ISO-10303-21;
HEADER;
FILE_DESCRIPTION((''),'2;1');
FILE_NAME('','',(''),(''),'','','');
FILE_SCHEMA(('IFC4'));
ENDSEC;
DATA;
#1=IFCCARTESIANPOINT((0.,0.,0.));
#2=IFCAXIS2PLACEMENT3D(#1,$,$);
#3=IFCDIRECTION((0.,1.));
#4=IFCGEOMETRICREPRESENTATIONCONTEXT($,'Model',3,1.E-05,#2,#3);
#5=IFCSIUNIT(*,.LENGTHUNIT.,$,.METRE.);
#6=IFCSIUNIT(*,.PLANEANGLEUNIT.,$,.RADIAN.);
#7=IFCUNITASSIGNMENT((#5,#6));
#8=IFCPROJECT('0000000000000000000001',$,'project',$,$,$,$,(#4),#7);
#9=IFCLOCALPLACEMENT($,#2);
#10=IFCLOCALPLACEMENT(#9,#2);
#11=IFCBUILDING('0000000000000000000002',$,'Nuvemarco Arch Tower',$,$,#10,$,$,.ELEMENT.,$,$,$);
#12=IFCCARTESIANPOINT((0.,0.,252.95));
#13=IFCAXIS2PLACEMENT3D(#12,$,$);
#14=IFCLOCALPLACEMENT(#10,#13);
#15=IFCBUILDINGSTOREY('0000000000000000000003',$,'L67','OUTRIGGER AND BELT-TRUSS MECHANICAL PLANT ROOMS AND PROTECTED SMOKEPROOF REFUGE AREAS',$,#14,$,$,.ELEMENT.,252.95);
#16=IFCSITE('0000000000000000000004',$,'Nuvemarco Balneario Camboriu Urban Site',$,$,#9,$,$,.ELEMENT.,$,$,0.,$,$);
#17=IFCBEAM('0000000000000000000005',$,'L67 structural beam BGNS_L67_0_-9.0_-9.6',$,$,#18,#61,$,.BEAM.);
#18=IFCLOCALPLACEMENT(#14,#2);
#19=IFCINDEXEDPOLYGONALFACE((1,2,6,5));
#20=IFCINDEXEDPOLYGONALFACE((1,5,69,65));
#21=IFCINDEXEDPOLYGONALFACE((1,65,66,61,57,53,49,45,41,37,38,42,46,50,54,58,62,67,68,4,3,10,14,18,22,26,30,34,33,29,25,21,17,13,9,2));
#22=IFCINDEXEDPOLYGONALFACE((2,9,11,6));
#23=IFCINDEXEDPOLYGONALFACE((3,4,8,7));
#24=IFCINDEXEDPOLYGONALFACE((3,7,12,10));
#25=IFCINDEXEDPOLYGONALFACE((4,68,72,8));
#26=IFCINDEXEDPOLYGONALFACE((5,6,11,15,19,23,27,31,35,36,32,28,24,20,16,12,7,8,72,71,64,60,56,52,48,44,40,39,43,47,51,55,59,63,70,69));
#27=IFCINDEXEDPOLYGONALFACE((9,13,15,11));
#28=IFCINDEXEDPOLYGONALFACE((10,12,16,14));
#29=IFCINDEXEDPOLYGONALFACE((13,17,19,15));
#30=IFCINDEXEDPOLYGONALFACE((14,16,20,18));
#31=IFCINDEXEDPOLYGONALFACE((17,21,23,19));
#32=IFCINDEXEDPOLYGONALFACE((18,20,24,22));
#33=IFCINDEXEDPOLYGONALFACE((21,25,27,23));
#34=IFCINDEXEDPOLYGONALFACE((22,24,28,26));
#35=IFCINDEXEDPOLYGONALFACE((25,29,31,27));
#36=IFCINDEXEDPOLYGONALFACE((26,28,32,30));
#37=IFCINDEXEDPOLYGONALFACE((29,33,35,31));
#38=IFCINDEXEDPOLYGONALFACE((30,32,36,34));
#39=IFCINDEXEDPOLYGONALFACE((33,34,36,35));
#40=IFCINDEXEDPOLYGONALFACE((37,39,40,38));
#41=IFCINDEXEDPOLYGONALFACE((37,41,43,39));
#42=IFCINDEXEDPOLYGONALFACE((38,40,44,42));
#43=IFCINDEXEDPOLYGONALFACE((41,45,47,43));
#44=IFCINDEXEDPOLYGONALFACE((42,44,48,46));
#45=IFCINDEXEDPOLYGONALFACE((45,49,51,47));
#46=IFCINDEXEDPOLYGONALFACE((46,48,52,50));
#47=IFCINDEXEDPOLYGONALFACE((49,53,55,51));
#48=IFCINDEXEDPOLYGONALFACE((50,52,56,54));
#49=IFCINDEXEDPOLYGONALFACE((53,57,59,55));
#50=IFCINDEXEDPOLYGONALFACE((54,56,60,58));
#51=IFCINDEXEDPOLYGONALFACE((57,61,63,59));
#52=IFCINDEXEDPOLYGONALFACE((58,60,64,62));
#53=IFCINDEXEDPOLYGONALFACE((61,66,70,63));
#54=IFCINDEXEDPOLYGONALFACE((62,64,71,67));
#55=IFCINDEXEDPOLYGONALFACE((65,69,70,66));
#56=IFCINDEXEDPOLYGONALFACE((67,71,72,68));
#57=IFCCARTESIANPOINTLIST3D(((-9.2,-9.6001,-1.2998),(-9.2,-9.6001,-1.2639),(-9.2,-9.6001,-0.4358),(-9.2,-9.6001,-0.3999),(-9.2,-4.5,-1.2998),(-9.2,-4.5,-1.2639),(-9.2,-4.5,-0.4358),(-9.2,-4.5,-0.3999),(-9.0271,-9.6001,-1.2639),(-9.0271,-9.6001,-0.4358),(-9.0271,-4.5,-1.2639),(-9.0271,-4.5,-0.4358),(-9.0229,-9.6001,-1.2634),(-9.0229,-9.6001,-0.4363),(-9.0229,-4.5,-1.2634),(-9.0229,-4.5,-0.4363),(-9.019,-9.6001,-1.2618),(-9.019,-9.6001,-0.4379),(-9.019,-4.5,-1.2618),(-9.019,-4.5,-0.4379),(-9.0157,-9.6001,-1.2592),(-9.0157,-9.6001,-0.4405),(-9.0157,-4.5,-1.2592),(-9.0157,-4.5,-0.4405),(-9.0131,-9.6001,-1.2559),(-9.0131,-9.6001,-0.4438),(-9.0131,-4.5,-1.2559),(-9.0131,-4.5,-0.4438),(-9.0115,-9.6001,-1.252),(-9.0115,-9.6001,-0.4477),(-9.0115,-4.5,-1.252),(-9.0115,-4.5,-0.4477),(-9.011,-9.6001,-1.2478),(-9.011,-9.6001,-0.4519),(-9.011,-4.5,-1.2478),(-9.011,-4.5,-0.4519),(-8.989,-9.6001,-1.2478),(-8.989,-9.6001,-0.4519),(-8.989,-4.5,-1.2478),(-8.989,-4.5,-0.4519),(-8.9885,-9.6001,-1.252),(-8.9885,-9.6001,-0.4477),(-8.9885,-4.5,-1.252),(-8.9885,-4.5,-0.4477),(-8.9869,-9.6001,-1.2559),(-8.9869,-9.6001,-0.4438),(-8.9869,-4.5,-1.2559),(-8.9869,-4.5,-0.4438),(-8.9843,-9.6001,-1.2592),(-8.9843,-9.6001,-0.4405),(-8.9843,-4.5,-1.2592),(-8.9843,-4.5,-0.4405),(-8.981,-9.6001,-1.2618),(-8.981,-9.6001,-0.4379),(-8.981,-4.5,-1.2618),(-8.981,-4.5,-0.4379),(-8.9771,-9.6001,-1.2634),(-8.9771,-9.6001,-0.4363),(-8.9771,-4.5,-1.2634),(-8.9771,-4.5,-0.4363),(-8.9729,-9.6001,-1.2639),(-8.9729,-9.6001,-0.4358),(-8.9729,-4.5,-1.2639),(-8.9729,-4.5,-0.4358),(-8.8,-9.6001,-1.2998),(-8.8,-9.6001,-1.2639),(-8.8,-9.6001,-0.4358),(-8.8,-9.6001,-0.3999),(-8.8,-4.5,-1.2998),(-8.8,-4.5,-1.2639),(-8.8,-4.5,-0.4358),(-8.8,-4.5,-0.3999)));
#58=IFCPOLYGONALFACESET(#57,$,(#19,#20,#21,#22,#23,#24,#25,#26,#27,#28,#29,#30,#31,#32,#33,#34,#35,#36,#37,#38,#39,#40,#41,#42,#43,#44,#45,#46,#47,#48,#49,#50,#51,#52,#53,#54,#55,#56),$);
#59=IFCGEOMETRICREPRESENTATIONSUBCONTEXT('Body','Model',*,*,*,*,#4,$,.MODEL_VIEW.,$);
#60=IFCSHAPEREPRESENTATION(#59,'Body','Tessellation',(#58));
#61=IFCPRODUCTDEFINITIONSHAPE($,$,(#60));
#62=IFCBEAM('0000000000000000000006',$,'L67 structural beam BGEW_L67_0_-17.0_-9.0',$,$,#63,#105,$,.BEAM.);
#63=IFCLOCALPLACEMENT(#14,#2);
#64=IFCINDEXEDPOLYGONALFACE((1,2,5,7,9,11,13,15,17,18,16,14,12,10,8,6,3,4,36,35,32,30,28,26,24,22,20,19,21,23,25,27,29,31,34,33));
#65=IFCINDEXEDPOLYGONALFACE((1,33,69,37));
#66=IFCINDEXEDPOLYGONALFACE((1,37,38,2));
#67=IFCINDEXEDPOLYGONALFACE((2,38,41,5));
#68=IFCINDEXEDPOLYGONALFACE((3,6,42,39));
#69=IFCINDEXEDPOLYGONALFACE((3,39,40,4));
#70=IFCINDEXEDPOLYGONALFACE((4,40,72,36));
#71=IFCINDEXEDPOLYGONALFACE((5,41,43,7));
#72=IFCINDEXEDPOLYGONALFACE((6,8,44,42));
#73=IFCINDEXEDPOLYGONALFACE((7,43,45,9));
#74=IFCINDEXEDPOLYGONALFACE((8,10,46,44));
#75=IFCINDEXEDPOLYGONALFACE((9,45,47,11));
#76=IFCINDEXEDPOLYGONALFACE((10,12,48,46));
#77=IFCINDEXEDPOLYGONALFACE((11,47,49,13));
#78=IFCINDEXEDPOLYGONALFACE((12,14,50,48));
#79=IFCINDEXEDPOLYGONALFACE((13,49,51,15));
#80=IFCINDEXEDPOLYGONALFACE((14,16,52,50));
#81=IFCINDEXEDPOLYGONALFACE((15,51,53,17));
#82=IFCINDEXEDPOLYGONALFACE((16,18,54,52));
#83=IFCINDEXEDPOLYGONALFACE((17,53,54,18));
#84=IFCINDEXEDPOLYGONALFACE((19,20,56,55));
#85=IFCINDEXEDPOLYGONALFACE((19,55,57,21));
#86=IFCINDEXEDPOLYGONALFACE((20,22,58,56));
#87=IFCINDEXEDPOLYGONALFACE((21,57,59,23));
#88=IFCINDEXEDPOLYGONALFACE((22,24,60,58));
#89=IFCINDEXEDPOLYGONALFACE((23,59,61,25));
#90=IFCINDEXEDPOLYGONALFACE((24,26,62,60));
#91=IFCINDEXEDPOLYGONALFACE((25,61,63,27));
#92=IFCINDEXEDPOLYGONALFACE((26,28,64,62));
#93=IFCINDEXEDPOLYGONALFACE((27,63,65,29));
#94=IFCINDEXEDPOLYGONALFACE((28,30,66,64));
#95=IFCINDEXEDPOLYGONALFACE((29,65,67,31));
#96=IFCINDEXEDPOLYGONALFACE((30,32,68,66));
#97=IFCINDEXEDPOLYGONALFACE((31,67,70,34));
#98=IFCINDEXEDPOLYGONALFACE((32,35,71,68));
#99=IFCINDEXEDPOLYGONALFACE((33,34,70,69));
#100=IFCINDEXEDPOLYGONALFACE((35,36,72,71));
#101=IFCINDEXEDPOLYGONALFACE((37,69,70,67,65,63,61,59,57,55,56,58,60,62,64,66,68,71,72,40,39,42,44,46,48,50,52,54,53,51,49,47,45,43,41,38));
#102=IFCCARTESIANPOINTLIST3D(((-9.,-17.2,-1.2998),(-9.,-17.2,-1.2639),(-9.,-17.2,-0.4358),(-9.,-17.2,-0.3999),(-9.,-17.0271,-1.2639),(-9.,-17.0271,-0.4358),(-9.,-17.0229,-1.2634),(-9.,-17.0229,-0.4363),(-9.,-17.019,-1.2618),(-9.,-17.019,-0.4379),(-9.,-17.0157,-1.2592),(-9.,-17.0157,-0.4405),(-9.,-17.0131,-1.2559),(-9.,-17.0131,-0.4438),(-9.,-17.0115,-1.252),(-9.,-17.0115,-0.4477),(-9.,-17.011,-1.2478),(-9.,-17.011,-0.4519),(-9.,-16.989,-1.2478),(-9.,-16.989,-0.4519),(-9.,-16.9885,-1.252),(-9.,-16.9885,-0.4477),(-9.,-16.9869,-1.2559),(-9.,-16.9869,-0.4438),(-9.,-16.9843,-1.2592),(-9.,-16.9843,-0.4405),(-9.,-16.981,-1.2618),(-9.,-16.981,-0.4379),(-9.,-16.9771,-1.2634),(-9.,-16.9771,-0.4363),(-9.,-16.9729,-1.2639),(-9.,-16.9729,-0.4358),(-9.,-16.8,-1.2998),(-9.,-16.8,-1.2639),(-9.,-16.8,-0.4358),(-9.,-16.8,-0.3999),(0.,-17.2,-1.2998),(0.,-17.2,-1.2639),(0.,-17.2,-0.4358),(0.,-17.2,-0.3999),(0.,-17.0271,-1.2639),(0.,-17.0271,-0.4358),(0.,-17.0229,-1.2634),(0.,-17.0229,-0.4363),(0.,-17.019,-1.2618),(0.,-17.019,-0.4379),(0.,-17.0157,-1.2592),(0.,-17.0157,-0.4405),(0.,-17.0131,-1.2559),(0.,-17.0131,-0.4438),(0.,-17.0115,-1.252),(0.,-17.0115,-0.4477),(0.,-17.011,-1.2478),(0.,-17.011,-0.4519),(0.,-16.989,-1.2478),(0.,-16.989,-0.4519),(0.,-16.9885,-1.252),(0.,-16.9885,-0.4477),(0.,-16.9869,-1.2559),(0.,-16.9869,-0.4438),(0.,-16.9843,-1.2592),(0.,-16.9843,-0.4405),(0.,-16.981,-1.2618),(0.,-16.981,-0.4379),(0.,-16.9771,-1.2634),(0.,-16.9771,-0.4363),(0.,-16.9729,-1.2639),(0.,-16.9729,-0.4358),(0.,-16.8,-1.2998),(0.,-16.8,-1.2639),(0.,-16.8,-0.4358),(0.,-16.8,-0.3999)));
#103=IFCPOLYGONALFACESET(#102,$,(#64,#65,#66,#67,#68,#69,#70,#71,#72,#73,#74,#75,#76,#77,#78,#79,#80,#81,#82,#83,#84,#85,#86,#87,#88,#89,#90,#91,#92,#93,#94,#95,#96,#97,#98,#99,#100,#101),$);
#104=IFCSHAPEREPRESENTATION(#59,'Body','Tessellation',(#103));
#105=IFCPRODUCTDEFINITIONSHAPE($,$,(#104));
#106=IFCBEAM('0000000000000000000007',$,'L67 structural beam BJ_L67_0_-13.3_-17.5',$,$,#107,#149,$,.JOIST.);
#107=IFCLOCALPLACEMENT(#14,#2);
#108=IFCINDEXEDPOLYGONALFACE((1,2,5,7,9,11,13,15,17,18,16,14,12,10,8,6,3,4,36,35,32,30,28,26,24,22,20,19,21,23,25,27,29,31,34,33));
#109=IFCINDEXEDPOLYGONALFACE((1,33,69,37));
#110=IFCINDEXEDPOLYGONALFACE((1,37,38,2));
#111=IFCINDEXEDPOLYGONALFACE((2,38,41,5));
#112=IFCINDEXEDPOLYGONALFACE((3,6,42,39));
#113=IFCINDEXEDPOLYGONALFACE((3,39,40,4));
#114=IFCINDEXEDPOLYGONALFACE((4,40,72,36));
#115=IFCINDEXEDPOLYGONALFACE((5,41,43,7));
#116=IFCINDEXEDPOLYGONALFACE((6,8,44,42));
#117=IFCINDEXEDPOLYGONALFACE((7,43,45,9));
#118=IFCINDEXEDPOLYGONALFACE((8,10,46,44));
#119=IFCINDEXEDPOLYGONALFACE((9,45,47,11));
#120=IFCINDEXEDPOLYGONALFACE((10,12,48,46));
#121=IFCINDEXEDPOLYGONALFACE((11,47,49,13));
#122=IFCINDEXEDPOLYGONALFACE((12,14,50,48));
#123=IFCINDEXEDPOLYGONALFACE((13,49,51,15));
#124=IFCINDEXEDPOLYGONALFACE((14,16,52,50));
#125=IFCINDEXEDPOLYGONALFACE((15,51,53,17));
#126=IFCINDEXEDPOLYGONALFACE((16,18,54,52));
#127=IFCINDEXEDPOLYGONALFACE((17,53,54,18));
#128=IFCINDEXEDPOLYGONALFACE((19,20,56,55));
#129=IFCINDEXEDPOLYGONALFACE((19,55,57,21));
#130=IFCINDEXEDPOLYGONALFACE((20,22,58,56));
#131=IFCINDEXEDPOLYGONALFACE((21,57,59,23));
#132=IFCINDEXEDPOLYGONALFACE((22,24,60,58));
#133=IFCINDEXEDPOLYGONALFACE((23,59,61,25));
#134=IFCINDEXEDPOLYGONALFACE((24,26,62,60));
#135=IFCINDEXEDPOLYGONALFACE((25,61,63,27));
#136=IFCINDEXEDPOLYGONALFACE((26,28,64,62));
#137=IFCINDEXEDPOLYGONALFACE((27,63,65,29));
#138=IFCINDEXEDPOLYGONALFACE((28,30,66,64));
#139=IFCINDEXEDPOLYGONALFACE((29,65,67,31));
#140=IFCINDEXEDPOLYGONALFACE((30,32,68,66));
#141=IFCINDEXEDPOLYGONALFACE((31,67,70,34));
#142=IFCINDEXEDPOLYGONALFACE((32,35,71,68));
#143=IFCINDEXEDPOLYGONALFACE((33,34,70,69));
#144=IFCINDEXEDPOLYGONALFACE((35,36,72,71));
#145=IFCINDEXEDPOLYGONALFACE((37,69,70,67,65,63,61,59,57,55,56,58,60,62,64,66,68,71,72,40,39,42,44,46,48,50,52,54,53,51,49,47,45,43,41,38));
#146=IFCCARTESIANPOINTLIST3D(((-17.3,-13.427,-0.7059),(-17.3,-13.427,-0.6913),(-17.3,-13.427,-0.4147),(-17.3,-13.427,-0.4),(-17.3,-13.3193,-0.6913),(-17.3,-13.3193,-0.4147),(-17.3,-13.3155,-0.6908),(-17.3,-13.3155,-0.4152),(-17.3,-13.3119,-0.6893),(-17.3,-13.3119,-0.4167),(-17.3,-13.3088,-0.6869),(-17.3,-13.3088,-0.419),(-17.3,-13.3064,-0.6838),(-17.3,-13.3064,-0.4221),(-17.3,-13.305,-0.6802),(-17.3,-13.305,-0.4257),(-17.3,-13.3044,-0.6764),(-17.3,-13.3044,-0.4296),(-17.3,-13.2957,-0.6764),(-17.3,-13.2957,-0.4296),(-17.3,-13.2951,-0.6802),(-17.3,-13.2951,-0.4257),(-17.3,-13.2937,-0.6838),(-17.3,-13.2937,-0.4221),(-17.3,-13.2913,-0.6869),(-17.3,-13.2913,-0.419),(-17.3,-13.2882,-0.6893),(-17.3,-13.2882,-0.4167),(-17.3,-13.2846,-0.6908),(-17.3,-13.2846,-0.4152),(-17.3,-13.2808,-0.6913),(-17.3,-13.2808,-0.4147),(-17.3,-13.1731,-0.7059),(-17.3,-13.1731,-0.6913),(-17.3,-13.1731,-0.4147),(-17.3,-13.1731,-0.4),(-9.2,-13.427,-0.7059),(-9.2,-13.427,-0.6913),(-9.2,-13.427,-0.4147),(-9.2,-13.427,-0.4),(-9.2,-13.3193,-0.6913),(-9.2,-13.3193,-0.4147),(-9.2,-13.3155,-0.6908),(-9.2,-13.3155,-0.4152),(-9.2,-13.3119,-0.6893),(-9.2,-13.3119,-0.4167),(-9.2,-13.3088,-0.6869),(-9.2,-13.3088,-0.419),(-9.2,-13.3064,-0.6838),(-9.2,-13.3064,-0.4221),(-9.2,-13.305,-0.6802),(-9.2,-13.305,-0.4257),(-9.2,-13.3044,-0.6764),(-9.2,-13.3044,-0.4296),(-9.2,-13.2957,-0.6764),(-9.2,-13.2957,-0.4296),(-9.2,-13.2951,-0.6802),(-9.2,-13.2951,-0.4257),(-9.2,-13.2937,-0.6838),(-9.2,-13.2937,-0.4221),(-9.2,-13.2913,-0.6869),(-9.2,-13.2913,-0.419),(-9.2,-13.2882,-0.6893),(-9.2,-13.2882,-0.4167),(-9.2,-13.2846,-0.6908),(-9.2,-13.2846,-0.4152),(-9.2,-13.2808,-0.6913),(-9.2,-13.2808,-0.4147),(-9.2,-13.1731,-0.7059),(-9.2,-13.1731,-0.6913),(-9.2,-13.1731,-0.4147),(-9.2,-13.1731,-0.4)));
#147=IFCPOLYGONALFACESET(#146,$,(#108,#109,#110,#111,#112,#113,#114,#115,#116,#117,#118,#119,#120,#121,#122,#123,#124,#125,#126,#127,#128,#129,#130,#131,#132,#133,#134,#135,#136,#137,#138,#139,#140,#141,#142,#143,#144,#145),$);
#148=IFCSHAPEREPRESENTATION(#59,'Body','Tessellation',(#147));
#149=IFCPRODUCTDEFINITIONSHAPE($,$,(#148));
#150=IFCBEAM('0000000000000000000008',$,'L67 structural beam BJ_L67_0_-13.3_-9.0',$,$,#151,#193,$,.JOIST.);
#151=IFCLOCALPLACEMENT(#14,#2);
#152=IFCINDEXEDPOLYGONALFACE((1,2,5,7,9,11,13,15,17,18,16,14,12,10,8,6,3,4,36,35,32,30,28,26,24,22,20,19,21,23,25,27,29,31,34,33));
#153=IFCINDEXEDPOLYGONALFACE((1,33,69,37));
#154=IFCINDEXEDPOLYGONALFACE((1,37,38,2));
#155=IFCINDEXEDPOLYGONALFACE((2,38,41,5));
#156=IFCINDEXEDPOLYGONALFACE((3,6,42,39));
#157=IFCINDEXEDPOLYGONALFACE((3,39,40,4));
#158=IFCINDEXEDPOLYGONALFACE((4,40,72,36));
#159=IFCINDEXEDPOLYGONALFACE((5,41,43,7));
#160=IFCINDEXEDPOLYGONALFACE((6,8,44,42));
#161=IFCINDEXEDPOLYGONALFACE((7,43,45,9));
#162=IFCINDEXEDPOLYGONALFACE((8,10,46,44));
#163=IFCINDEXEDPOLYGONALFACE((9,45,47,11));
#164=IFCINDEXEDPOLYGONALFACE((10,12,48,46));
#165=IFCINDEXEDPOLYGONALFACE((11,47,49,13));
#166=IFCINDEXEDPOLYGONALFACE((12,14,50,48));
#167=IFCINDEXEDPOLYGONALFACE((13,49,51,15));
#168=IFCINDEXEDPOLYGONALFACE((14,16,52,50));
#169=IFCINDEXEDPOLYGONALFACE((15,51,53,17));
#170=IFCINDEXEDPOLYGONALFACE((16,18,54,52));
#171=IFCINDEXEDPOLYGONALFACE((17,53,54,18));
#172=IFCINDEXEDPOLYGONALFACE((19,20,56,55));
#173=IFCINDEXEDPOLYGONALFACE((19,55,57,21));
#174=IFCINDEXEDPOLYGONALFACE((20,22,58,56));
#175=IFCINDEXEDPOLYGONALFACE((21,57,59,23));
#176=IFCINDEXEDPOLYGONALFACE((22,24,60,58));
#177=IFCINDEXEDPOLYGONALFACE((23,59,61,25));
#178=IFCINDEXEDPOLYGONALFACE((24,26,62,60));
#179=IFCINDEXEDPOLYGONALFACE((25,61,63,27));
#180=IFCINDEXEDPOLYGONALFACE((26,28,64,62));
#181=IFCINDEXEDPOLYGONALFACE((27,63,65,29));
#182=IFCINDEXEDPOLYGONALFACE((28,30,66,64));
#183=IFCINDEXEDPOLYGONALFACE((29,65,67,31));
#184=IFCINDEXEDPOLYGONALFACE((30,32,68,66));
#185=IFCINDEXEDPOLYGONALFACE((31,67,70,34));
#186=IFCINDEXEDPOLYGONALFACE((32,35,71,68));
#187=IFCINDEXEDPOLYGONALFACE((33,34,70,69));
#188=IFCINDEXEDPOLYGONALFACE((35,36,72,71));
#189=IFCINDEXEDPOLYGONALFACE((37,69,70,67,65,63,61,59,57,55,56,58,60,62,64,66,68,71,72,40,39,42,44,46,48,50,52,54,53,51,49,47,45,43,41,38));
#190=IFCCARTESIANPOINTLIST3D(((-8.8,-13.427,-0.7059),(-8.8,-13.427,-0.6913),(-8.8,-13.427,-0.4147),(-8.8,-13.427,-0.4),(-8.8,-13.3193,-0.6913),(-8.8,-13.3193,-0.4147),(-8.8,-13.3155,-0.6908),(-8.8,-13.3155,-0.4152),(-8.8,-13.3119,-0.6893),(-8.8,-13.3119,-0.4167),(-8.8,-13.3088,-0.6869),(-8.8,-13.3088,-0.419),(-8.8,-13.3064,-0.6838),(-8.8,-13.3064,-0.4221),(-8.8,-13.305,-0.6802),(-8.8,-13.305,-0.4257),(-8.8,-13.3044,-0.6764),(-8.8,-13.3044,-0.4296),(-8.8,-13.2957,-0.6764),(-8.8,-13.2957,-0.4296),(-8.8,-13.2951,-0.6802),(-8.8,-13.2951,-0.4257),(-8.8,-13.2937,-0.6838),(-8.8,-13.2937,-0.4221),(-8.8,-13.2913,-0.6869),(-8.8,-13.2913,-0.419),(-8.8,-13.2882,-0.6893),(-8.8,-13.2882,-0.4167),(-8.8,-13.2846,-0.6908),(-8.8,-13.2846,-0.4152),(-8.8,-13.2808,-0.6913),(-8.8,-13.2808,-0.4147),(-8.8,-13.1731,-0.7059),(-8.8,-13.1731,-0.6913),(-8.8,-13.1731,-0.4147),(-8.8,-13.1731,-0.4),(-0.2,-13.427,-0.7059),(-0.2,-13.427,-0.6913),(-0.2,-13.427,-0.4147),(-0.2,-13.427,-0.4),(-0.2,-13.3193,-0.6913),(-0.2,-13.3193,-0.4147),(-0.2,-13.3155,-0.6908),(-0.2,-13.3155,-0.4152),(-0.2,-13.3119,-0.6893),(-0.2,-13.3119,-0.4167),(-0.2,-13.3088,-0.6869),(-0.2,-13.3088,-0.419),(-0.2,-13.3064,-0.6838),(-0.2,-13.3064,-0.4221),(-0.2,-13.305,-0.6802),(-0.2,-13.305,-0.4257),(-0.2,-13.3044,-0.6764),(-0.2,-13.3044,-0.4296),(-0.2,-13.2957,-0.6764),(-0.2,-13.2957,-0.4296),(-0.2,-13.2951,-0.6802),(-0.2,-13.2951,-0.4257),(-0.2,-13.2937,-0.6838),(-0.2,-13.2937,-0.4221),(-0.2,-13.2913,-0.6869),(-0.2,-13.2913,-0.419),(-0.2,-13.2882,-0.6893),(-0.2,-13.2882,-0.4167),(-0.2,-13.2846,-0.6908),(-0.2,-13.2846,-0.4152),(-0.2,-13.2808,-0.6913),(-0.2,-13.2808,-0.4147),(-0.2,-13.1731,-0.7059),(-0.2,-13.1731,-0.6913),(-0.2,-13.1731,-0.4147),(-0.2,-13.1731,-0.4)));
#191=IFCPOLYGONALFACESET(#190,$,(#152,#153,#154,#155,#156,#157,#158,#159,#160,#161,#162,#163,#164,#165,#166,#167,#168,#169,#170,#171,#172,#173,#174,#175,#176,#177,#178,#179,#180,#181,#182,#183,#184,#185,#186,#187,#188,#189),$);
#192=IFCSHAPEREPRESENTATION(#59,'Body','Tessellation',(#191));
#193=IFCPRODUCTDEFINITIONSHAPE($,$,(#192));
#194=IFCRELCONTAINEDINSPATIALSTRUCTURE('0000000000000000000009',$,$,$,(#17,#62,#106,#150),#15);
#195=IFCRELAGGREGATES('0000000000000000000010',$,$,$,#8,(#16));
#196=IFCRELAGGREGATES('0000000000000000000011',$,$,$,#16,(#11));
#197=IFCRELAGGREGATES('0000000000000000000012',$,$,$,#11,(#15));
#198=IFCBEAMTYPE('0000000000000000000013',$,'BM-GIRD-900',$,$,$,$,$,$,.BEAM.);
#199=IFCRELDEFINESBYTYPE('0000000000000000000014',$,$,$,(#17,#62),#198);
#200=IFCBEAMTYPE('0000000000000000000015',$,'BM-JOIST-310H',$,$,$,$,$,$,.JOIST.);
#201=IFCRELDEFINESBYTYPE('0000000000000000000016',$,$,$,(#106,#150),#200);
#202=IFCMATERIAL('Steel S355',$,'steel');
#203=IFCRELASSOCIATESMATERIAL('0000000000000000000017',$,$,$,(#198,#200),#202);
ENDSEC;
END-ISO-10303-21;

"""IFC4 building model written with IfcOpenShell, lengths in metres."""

from ifc_helpers import new_model, si_unit, direction, frame, origin, origin_2d, place, context, subcontext, project, spatial, i_section, extrude, material, material_profile, profile_set, type_object, element, save


model = new_model("IFC4")

# Units and contexts
model_context = context("Model", 3, precision=1e-05, world=origin(), true_north=direction((0.0, 1.0)))
body_context = subcontext(model_context, "Body", "Model", "MODEL_VIEW")
ifc_project = project(units=[si_unit("LENGTHUNIT", "METRE"), si_unit("PLANEANGLEUNIT", "RADIAN")], contexts=[model_context])

# Site, building, storey
site_placement = place(None, origin())
site = spatial("IfcSite", under=ifc_project, at=site_placement, Name="Nuvemarco Balneario Camboriu Urban Site", CompositionType="ELEMENT", RefElevation=0.0)
building_placement = place(site_placement, origin())
building = spatial("IfcBuilding", under=site, at=building_placement, Name="Nuvemarco Arch Tower", CompositionType="ELEMENT")
storey_placement = place(building_placement, frame((0.0, 0.0, 252.95)))
storey = spatial("IfcBuildingStorey", under=building, at=storey_placement, Name="L67", Description="OUTRIGGER AND BELT-TRUSS MECHANICAL PLANT ROOMS AND PROTECTED SMOKEPROOF REFUGE AREAS", CompositionType="ELEMENT", Elevation=252.95)

# Shared definitions
ifc_material_1 = material(Name="Steel S355", Category="steel")

# Beams
ifc_material_profile_1 = material_profile(ifc_material_1, i_section(OverallWidth=0.3999, OverallDepth=0.8999, WebThickness=0.022, FlangeThickness=0.0359, FilletRadius=0.0161, at=origin_2d()), Name="PG900x400")
ifc_profile_set_1 = profile_set([ifc_material_profile_1], Name="Steel S355")
beam_type_1 = type_object("IfcBeamType", Name="BM-GIRD-900", PredefinedType="BEAM", material=ifc_profile_set_1)
beam_1_placement = place(storey_placement, frame((-9.0, -9.6001, -0.8499), z_axis=(0.0, 1.0, 0.0), x_axis=(-1.0, 0.0, 0.0)))
element("IfcBeam", 1, at=beam_1_placement, inside=storey, type_object=beam_type_1, Name="L67 structural beam BGNS_L67_0_-9.0_-9.6", PredefinedType="BEAM", context=body_context, shape_type="SweptSolid", body=[
    extrude(i_section(OverallWidth=0.3999, OverallDepth=0.8999, WebThickness=0.022, FlangeThickness=0.0359, FilletRadius=0.0161, at=origin_2d()), origin(), (0.0, 0.0, 1.0), 5.1001),
])
beam_2_placement = place(storey_placement, frame((-9.0, -17.0, -0.8499), z_axis=(1.0, 0.0, 0.0), x_axis=(0.0, 1.0, 0.0)))
element("IfcBeam", 2, at=beam_2_placement, inside=storey, type_object=beam_type_1, Name="L67 structural beam BGEW_L67_0_-17.0_-9.0", PredefinedType="BEAM", context=body_context, shape_type="SweptSolid", body=[
    extrude(i_section(OverallWidth=0.3999, OverallDepth=0.8999, WebThickness=0.022, FlangeThickness=0.0359, FilletRadius=0.0161, at=origin_2d()), origin(), (0.0, 0.0, 1.0), 9.0),
])
ifc_material_profile_2 = material_profile(ifc_material_1, i_section(OverallWidth=0.2539, OverallDepth=0.3059, WebThickness=0.0088, FlangeThickness=0.0146, FilletRadius=0.0149, at=origin_2d()), Name="W310x79")
ifc_profile_set_2 = profile_set([ifc_material_profile_2], Name="Steel S355")
beam_type_2 = type_object("IfcBeamType", Name="BM-JOIST-310H", PredefinedType="JOIST", material=ifc_profile_set_2)
beam_3_placement = place(storey_placement, frame((-17.3, -13.3, -0.553), z_axis=(1.0, 0.0, 0.0), x_axis=(0.0, 1.0, 0.0)))
element("IfcBeam", 3, at=beam_3_placement, inside=storey, type_object=beam_type_2, Name="L67 structural beam BJ_L67_0_-13.3_-17.5", PredefinedType="JOIST", context=body_context, shape_type="SweptSolid", body=[
    extrude(i_section(OverallWidth=0.2539, OverallDepth=0.3059, WebThickness=0.0088, FlangeThickness=0.0146, FilletRadius=0.0149, at=origin_2d()), origin(), (0.0, 0.0, 1.0), 8.1001),
])
beam_4_placement = place(storey_placement, frame((-8.8, -13.3, -0.553), z_axis=(1.0, 0.0, 0.0), x_axis=(0.0, 1.0, 0.0)))
element("IfcBeam", 4, at=beam_4_placement, inside=storey, type_object=beam_type_2, Name="L67 structural beam BJ_L67_0_-13.3_-9.0", PredefinedType="JOIST", context=body_context, shape_type="SweptSolid", body=[
    extrude(i_section(OverallWidth=0.2539, OverallDepth=0.3059, WebThickness=0.0088, FlangeThickness=0.0146, FilletRadius=0.0149, at=origin_2d()), origin(), (0.0, 0.0, 1.0), 8.6001),
])

save(model, "model.ifc")
